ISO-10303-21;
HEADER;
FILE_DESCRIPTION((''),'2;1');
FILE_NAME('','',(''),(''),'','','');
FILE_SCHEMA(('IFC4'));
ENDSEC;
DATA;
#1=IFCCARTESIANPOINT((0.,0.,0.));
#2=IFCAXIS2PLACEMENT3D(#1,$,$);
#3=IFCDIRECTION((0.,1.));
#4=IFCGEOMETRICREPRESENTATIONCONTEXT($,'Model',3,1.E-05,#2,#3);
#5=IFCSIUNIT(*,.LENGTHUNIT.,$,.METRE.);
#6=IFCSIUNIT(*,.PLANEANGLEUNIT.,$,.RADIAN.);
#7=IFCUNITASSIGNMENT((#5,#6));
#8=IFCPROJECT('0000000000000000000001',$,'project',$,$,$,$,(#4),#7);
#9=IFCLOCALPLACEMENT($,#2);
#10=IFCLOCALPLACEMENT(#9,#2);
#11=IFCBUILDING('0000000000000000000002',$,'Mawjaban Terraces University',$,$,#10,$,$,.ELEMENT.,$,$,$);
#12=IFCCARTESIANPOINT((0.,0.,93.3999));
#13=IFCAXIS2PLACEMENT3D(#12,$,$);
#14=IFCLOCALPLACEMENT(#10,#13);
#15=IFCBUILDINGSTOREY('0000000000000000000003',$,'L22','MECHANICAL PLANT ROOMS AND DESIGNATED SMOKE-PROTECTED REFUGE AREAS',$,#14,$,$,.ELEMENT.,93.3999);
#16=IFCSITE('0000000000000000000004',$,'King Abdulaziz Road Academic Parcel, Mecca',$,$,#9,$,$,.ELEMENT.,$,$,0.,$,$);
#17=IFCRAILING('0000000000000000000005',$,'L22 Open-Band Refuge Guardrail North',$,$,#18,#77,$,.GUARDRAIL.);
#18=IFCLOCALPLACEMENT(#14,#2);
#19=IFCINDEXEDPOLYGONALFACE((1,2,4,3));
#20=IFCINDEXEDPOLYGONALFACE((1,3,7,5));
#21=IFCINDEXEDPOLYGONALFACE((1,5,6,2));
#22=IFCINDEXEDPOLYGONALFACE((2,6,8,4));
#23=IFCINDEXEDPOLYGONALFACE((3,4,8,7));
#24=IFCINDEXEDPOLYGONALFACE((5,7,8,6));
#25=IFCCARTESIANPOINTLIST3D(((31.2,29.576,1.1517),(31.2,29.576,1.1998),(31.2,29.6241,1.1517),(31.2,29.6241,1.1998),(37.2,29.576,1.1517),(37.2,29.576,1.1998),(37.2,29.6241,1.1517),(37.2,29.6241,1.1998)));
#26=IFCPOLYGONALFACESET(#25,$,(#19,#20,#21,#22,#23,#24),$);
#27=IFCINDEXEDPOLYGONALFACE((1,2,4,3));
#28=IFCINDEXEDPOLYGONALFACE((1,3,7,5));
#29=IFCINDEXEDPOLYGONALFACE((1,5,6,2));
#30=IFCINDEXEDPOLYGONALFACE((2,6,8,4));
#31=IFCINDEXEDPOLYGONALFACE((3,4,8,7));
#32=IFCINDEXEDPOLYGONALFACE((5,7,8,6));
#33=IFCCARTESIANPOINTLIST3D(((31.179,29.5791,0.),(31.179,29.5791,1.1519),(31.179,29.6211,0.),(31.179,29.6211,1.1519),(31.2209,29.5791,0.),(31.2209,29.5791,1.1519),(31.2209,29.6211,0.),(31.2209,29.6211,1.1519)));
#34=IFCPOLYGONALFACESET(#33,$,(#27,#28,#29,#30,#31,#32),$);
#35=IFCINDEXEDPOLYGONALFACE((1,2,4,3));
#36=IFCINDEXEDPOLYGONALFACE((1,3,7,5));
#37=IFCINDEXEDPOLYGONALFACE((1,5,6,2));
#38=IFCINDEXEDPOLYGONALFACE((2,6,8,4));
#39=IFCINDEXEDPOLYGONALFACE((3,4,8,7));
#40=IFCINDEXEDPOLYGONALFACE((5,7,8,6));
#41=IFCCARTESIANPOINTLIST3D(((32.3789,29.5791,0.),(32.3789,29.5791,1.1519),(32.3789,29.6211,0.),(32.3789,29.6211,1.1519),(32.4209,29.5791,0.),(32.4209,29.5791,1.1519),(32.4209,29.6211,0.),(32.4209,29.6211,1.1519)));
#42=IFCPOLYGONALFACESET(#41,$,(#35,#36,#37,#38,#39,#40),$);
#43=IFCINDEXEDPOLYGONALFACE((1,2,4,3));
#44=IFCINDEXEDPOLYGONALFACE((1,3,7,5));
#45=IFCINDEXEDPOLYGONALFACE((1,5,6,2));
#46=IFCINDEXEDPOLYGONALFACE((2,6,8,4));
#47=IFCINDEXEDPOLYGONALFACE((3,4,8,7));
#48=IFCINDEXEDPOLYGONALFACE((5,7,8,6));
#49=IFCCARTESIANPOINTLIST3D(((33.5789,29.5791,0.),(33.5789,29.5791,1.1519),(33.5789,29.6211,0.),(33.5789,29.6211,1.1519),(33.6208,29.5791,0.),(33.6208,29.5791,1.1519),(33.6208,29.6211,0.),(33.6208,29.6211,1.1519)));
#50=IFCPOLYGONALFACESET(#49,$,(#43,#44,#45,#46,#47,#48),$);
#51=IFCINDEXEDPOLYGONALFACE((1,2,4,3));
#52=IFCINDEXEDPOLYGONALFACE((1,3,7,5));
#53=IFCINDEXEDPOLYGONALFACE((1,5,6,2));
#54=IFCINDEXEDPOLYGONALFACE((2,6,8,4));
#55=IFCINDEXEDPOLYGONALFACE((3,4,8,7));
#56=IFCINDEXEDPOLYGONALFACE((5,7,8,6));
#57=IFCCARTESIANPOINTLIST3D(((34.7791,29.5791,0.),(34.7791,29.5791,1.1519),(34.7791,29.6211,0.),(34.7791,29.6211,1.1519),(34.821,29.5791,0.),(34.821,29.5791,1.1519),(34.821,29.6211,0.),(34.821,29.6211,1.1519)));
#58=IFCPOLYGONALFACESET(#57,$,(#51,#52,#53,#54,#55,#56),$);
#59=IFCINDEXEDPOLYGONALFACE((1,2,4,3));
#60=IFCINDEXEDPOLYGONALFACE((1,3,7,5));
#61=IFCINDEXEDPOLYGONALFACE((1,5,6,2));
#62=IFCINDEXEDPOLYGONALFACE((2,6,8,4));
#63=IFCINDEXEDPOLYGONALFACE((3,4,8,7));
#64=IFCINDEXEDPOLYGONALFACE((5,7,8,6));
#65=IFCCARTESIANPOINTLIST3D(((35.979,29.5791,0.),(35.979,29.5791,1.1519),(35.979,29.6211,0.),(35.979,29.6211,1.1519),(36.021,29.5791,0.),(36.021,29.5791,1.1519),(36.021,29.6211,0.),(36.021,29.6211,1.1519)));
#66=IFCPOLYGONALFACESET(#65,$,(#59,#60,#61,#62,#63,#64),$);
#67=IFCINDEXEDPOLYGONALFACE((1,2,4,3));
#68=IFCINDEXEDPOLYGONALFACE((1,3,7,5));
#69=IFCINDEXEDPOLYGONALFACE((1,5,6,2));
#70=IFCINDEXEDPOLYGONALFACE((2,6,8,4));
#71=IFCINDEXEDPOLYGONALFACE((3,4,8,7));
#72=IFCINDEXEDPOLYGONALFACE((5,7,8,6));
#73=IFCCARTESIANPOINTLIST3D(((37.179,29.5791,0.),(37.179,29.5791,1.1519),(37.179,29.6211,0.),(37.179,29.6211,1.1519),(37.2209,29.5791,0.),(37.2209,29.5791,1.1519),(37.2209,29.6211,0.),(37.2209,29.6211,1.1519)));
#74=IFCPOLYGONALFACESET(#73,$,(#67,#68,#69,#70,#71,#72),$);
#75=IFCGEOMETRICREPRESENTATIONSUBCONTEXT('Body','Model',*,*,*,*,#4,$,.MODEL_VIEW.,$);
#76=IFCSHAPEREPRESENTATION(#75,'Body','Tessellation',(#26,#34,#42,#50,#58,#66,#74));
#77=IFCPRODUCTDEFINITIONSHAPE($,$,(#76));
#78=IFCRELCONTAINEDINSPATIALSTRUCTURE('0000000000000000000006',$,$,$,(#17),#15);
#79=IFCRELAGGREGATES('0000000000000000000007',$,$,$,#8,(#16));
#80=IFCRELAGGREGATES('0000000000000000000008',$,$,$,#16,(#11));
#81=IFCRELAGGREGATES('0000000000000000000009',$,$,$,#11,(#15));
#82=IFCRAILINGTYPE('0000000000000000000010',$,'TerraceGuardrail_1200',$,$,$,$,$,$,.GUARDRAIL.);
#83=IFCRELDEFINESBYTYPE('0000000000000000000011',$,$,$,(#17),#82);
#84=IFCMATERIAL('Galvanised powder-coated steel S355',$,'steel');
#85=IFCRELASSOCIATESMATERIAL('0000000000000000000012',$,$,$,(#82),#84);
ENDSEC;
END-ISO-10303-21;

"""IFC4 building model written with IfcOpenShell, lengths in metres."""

from ifc_helpers import new_model, si_unit, direction, frame, origin, origin_2d, place, context, subcontext, project, spatial, rectangle, extrude, material, type_object, element, save


model = new_model("IFC4")

# Units and contexts
model_context = context("Model", 3, precision=1e-05, world=origin(), true_north=direction((0.0, 1.0)))
body_context = subcontext(model_context, "Body", "Model", "MODEL_VIEW")
ifc_project = project(units=[si_unit("LENGTHUNIT", "METRE"), si_unit("PLANEANGLEUNIT", "RADIAN")], contexts=[model_context])

# Site, building, storey
site_placement = place(None, origin())
site = spatial("IfcSite", under=ifc_project, at=site_placement, Name="King Abdulaziz Road Academic Parcel, Mecca", CompositionType="ELEMENT", RefElevation=0.0)
building_placement = place(site_placement, origin())
building = spatial("IfcBuilding", under=site, at=building_placement, Name="Mawjaban Terraces University", CompositionType="ELEMENT")
storey_placement = place(building_placement, frame((0.0, 0.0, 93.3999)))
storey = spatial("IfcBuildingStorey", under=building, at=storey_placement, Name="L22", Description="MECHANICAL PLANT ROOMS AND DESIGNATED SMOKE-PROTECTED REFUGE AREAS", CompositionType="ELEMENT", Elevation=93.3999)

# Railing
ifc_material_1 = material(Name="Galvanised powder-coated steel S355", Category="steel")
railing_type = type_object("IfcRailingType", Name="TerraceGuardrail_1200", PredefinedType="GUARDRAIL", material=ifc_material_1)
railing_placement = place(storey_placement, frame((31.2, 29.6001, 0.0)))
element("IfcRailing", 1, at=railing_placement, inside=storey, type_object=railing_type, Name="L22 Open-Band Refuge Guardrail North", PredefinedType="GUARDRAIL", context=body_context, shape_type="SweptSolid", body=[
    extrude(rectangle(XDim=0.0481, YDim=0.0481, at=origin_2d()), frame((0.0, 0.0, 1.1758), z_axis=(1.0, 0.0, 0.0), x_axis=(0.0, 1.0, 0.0)), (0.0, 0.0, 1.0), 6.0),
    extrude(rectangle(XDim=0.042, YDim=0.042, at=origin_2d()), origin(), (0.0, 0.0, 1.0), 1.1519),
    extrude(rectangle(XDim=0.042, YDim=0.042, at=origin_2d()), frame((1.2, 0.0, 0.0)), (0.0, 0.0, 1.0), 1.1519),
    extrude(rectangle(XDim=0.042, YDim=0.042, at=origin_2d()), frame((2.3999, 0.0, 0.0)), (0.0, 0.0, 1.0), 1.1519),
    extrude(rectangle(XDim=0.042, YDim=0.042, at=origin_2d()), frame((3.6001, 0.0, 0.0)), (0.0, 0.0, 1.0), 1.1519),
    extrude(rectangle(XDim=0.042, YDim=0.042, at=origin_2d()), frame((4.8, 0.0, 0.0)), (0.0, 0.0, 1.0), 1.1519),
    extrude(rectangle(XDim=0.042, YDim=0.042, at=origin_2d()), frame((6.0, 0.0, 0.0)), (0.0, 0.0, 1.0), 1.1519),
])

save(model, "model.ifc")
